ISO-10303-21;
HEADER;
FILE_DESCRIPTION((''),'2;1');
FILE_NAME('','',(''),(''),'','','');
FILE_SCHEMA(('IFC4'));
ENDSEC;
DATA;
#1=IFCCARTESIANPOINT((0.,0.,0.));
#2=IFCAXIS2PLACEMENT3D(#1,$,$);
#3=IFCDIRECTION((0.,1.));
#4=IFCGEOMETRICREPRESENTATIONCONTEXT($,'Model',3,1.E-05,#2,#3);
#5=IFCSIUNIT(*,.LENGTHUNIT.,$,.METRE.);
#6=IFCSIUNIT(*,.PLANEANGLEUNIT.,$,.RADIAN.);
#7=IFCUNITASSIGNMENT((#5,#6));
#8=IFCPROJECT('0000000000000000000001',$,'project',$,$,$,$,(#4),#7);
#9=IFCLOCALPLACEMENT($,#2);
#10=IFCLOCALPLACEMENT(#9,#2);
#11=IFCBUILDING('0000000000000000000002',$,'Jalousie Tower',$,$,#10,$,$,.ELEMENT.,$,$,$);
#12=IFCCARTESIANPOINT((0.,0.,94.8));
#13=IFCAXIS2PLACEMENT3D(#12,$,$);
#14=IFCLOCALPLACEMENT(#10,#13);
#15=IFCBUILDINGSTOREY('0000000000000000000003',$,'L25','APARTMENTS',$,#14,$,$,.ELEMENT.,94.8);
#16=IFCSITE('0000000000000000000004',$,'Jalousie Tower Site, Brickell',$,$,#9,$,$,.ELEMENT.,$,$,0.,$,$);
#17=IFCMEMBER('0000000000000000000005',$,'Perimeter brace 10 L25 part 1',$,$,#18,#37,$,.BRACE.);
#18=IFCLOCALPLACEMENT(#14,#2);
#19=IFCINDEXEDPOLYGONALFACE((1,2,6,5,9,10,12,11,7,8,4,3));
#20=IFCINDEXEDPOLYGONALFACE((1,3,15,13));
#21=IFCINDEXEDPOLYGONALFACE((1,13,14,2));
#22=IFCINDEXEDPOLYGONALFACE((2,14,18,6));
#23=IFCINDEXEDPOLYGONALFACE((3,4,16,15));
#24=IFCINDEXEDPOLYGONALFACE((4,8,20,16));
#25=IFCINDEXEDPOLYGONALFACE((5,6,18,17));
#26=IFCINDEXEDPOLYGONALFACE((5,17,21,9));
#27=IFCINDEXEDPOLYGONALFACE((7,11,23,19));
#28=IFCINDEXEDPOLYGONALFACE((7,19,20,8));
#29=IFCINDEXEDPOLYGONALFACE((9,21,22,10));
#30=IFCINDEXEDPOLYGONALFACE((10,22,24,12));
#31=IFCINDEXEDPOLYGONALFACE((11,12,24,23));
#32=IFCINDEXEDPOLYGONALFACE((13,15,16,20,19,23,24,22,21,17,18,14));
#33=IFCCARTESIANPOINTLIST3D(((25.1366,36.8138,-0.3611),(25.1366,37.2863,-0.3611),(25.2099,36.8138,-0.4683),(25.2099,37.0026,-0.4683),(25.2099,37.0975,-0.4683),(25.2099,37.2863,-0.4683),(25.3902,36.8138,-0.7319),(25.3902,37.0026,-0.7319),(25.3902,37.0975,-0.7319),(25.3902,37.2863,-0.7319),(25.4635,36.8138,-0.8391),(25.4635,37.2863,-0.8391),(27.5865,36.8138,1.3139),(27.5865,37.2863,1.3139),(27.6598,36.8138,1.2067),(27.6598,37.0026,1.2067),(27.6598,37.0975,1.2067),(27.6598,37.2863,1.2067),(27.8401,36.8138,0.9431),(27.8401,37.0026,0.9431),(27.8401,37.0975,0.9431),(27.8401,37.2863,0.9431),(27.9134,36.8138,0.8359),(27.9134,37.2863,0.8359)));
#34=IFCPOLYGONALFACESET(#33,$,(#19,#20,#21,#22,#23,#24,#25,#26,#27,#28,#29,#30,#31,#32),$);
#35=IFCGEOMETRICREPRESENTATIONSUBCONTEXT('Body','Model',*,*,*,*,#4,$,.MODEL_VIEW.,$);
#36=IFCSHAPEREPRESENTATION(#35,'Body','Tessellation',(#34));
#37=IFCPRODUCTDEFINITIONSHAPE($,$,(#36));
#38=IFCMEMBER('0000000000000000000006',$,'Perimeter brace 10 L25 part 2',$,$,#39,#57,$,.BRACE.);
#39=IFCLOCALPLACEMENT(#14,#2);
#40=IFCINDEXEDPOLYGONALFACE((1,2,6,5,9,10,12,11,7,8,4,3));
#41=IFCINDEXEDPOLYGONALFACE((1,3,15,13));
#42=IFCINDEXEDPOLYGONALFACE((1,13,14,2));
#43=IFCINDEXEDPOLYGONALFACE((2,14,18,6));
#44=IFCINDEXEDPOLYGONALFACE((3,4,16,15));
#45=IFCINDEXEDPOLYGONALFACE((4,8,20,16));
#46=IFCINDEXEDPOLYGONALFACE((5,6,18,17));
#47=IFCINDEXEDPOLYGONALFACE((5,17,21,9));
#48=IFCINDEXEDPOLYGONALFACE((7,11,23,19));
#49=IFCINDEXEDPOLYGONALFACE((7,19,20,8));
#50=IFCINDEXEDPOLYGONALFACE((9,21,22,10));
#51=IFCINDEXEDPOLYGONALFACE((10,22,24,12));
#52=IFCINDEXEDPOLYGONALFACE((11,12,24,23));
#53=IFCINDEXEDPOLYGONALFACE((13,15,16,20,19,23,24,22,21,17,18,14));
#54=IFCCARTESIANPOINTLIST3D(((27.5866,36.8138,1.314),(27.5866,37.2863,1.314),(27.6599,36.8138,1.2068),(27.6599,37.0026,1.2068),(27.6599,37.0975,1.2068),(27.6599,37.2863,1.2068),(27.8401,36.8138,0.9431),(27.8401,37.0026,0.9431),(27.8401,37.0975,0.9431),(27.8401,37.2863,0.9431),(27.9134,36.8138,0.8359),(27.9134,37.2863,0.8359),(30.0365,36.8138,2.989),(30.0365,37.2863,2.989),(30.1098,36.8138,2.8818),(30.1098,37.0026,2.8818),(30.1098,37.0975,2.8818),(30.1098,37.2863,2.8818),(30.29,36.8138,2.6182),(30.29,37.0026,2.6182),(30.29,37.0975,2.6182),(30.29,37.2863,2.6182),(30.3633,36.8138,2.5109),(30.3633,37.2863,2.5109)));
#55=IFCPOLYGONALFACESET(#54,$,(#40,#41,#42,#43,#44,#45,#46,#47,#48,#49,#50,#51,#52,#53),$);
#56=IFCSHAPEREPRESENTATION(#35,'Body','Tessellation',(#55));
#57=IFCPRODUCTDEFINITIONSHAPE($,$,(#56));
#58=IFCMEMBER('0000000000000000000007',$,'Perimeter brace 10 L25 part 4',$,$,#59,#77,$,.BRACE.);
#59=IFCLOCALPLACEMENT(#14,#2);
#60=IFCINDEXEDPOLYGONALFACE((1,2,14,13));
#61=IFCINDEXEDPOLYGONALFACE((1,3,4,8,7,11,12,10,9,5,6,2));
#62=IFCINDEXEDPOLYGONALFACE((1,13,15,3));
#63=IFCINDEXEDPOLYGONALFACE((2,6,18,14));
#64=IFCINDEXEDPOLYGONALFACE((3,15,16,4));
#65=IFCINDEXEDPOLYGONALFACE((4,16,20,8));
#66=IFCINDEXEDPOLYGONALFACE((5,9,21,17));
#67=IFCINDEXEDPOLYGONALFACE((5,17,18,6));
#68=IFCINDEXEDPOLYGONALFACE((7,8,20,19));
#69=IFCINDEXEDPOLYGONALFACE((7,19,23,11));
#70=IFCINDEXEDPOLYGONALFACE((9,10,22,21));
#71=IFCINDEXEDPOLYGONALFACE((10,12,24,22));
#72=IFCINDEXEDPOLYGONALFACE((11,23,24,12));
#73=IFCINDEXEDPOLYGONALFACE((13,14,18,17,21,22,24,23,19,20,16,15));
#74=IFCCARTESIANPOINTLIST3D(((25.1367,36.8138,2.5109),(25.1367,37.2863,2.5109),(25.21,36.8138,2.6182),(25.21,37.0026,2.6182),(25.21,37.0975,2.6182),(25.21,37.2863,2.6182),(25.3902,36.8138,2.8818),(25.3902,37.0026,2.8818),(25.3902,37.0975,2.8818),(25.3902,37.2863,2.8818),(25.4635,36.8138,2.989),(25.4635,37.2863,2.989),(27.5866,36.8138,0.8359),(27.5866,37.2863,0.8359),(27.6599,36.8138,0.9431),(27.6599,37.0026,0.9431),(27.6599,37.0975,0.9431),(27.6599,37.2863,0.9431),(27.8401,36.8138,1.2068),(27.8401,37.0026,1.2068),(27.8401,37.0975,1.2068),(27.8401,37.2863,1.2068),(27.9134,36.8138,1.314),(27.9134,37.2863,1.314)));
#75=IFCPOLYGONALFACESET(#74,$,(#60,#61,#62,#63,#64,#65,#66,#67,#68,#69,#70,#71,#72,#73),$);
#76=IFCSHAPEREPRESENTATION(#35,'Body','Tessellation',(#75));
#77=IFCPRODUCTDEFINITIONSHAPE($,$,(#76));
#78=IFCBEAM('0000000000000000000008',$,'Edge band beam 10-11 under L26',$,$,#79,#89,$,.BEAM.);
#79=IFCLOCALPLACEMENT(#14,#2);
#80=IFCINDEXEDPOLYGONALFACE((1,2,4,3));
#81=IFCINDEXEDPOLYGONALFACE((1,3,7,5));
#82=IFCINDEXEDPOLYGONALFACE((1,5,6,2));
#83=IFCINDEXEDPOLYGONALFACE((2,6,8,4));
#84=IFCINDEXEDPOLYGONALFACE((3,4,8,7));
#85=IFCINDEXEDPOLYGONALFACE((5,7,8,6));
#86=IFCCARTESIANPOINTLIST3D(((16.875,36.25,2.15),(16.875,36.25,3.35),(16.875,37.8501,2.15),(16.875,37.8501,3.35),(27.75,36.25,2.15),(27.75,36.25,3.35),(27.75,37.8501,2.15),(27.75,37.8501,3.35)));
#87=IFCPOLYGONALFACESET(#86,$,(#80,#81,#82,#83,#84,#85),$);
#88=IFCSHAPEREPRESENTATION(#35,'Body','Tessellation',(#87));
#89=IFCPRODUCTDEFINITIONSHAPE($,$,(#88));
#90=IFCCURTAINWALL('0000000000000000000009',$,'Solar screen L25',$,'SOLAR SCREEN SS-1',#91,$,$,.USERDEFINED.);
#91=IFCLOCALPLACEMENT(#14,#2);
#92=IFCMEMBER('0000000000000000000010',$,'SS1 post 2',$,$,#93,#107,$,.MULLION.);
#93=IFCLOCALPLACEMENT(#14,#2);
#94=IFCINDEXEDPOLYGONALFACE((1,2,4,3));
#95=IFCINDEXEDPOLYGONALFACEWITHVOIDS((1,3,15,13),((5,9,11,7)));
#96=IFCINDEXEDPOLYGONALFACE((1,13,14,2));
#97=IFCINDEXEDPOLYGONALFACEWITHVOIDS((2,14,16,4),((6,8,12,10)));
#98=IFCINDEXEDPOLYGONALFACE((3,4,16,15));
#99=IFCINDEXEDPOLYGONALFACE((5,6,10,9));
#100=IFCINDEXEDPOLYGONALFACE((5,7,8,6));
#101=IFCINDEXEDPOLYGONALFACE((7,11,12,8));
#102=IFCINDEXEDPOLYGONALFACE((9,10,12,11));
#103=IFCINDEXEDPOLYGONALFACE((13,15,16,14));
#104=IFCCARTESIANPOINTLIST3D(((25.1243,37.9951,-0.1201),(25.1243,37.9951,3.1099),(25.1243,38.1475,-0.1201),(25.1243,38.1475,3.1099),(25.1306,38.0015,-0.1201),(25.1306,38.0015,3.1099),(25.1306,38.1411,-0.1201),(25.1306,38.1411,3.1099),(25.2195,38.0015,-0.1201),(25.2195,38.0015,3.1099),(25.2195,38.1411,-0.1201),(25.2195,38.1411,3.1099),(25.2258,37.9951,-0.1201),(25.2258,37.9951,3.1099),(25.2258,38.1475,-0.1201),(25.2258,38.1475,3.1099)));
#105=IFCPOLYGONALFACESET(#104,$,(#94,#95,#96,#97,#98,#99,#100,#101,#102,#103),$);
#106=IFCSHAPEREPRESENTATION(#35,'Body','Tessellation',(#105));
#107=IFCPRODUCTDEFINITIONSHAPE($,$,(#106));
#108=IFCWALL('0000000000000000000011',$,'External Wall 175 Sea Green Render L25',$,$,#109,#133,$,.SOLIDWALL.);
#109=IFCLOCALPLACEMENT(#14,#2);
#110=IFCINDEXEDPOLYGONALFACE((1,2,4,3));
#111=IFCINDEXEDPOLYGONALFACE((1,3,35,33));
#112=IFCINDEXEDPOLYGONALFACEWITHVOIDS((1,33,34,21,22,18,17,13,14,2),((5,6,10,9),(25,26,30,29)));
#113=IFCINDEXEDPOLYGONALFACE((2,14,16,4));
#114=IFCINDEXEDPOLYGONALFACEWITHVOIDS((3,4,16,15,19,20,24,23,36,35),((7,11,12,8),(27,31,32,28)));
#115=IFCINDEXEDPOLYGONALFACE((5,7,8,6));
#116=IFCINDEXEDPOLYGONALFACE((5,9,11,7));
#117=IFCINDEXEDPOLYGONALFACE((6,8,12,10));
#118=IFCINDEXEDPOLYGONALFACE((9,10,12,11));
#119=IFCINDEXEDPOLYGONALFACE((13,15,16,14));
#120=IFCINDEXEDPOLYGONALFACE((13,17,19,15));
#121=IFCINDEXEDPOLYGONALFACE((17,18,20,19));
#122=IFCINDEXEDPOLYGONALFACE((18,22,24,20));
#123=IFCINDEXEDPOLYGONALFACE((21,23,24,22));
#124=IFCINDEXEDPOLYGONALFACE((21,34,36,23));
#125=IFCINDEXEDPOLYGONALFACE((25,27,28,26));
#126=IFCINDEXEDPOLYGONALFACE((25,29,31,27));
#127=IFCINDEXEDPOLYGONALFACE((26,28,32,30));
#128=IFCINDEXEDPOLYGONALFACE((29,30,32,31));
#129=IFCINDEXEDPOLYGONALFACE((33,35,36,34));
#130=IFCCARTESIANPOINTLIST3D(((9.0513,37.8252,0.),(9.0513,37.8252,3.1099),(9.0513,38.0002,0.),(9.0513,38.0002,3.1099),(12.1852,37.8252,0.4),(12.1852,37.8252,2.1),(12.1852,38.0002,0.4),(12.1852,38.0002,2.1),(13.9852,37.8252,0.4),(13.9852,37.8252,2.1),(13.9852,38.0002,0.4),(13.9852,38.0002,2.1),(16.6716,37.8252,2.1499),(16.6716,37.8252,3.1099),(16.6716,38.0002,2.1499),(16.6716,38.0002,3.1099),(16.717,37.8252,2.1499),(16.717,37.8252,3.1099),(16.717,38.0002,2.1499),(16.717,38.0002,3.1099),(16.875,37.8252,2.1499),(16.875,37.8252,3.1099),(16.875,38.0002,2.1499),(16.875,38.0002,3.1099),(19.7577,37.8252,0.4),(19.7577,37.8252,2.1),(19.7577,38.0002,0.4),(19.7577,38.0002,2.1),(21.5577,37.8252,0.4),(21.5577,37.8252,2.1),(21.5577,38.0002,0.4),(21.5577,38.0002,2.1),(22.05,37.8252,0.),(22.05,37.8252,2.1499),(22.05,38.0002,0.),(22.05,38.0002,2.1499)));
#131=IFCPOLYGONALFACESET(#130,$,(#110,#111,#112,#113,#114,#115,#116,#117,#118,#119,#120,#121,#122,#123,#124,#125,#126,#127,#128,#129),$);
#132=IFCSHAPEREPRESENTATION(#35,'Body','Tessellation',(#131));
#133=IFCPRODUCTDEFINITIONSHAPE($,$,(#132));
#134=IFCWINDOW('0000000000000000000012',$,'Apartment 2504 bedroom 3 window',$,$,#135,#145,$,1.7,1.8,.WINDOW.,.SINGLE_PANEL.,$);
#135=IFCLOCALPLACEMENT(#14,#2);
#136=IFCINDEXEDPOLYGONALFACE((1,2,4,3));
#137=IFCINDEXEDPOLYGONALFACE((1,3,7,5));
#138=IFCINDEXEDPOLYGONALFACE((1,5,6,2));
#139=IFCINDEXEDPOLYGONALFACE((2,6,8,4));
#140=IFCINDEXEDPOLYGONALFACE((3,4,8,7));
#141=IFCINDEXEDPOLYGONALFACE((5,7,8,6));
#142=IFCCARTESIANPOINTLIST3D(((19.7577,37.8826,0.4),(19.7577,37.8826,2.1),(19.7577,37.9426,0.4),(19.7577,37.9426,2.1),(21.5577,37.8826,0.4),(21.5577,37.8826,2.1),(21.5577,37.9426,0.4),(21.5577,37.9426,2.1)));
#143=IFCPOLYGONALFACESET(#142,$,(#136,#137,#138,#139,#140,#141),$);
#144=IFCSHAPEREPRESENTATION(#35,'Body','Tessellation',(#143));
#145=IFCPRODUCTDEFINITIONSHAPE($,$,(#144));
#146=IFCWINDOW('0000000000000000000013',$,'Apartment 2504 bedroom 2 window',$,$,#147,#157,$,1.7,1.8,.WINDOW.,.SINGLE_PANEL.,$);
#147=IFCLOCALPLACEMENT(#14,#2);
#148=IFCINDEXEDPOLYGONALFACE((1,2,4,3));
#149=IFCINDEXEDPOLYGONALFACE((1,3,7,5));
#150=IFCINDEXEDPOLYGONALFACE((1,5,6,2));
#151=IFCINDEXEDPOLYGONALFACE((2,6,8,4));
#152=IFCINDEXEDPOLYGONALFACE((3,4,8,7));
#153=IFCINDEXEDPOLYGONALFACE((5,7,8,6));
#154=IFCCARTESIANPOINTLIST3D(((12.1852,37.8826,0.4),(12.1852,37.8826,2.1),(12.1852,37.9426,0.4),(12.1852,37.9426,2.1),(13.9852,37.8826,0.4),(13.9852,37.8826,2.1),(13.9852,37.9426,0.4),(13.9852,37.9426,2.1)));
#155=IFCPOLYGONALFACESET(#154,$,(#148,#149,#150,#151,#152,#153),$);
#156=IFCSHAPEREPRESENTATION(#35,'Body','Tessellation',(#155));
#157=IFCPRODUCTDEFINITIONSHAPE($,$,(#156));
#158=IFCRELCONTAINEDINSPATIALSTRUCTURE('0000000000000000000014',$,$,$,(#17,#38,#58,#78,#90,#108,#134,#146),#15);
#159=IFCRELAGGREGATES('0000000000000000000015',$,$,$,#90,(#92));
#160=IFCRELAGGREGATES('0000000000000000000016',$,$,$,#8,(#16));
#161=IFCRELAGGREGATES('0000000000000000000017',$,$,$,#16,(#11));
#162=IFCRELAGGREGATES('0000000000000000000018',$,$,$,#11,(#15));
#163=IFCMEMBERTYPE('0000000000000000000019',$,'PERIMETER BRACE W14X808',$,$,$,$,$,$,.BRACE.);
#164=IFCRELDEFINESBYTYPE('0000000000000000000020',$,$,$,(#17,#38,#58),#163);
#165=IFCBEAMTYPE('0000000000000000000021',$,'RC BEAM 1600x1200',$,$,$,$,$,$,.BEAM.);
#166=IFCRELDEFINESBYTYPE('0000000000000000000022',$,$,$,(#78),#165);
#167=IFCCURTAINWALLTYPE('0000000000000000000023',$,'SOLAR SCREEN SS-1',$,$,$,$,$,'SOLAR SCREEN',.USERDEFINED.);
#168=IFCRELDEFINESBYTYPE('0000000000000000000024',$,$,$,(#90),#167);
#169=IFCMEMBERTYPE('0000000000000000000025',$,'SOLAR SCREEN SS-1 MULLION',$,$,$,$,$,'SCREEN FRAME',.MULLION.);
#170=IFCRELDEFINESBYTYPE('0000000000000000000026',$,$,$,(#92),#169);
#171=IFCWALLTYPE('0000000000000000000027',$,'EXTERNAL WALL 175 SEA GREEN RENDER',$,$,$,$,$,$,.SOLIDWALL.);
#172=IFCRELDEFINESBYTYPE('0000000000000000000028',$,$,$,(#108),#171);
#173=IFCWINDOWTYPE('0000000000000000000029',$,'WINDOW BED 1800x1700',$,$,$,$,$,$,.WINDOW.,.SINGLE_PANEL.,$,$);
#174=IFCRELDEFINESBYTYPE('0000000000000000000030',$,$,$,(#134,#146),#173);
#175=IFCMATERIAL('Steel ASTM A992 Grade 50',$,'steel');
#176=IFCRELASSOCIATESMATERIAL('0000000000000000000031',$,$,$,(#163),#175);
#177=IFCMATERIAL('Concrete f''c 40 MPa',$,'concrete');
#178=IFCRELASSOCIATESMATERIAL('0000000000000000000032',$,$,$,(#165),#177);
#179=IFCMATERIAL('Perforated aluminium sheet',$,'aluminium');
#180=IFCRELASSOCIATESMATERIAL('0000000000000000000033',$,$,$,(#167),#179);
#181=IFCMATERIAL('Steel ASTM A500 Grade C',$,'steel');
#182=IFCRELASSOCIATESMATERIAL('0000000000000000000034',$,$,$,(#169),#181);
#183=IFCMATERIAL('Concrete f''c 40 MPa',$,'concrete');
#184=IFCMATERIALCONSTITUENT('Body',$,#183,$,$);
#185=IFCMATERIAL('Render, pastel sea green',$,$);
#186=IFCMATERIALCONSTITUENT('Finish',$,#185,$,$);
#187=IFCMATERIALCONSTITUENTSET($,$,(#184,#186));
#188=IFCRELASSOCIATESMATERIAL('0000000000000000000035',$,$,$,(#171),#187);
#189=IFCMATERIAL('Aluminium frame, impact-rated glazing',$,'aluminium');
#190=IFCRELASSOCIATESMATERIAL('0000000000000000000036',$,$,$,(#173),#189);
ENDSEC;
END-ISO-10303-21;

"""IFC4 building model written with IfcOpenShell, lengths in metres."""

from ifc_helpers import new_model, si_unit, direction, frame, frame_2d, origin, origin_2d, place, context, subcontext, project, spatial, polyline, rectangle, hollow_rectangle, i_section, outline, extrude, material, constituent, constituent_set, material_profile, profile_set, type_object, element, fill, aggregate, save


model = new_model("IFC4")

# Units and contexts
model_context = context("Model", 3, precision=1e-05, world=origin(), true_north=direction((0.0, 1.0)))
body_context = subcontext(model_context, "Body", "Model", "MODEL_VIEW")
ifc_project = project(units=[si_unit("LENGTHUNIT", "METRE"), si_unit("PLANEANGLEUNIT", "RADIAN")], contexts=[model_context])

# Site, building, storey
site_placement = place(None, origin())
site = spatial("IfcSite", under=ifc_project, at=site_placement, Name="Jalousie Tower Site, Brickell", CompositionType="ELEMENT", RefElevation=0.0)
building_placement = place(site_placement, origin())
building = spatial("IfcBuilding", under=site, at=building_placement, Name="Jalousie Tower", CompositionType="ELEMENT")
storey_placement = place(building_placement, frame((0.0, 0.0, 94.8)))
storey = spatial("IfcBuildingStorey", under=building, at=storey_placement, Name="L25", Description="APARTMENTS", CompositionType="ELEMENT", Elevation=94.8)

# Members
ifc_material_1 = material(Name="Steel ASTM A992 Grade 50", Category="steel")
ifc_material_profile_1 = material_profile(ifc_material_1, i_section(OverallWidth=0.4724, OverallDepth=0.5791, WebThickness=0.095, FlangeThickness=0.1299, at=origin_2d()), Name="W14X808")
ifc_profile_set_1 = profile_set([ifc_material_profile_1], Name="Steel ASTM A992 Grade 50")
member_type_1 = type_object("IfcMemberType", Name="PERIMETER BRACE W14X808", PredefinedType="BRACE", material=ifc_profile_set_1)
for number, where, z_axis, x_axis, name in (
    (1, (25.3, 37.05, -0.6001), (0.825501, 0.0, 0.564401), (0.0, 1.0, 0.0), "Perimeter brace 10 L25 part 1"),
    (2, (27.75, 37.05, 1.075), (0.825501, 0.0, 0.564401), (0.0, 1.0, 0.0), "Perimeter brace 10 L25 part 2"),
    (3, (27.75, 37.05, 1.075), (-0.825501, 0.0, 0.564401), (0.0, -1.0, 0.0), "Perimeter brace 10 L25 part 4"),
):
    element("IfcMember", number, at=place(storey_placement, frame(where, z_axis=z_axis, x_axis=x_axis)), inside=storey, type_object=member_type_1, Name=name, PredefinedType="BRACE", context=body_context, shape_type="SweptSolid", body=[
        extrude(i_section(OverallWidth=0.4724, OverallDepth=0.5791, WebThickness=0.095, FlangeThickness=0.1299, at=origin_2d()), origin(), (0.0, 0.0, 1.0), 2.9678),
    ])

# Beam
ifc_material_2 = material(Name="Concrete f'c 40 MPa", Category="concrete")
ifc_material_profile_2 = material_profile(ifc_material_2, rectangle(XDim=1.6001, YDim=1.2, at=origin_2d()), Name="RC 1600x1200")
ifc_profile_set_2 = profile_set([ifc_material_profile_2], Name="Concrete f'c 40 MPa")
beam_type = type_object("IfcBeamType", Name="RC BEAM 1600x1200", PredefinedType="BEAM", material=ifc_profile_set_2)
beam_placement = place(storey_placement, frame((27.75, 37.05, 2.75), z_axis=(-1.0, 0.0, 0.0), x_axis=(0.0, -1.0, 0.0)))
element("IfcBeam", 4, at=beam_placement, inside=storey, type_object=beam_type, Name="Edge band beam 10-11 under L26", PredefinedType="BEAM", context=body_context, shape_type="SweptSolid", body=[
    extrude(rectangle(XDim=1.6001, YDim=1.2, at=origin_2d()), origin(), (0.0, 0.0, 1.0), 10.875),
])

# Curtain wall, member
ifc_material_3 = material(Name="Perforated aluminium sheet", Category="aluminium")
curtain_wall_type = type_object("IfcCurtainWallType", Name="SOLAR SCREEN SS-1", ElementType="SOLAR SCREEN", PredefinedType="USERDEFINED", material=ifc_material_3)
curtain_wall_placement = place(storey_placement, origin())
curtain_wall = element("IfcCurtainWall", 5, at=curtain_wall_placement, inside=storey, type_object=curtain_wall_type, Name="Solar screen L25", ObjectType="SOLAR SCREEN SS-1", PredefinedType="USERDEFINED")
ifc_material_4 = material(Name="Steel ASTM A500 Grade C", Category="steel")
ifc_material_profile_3 = material_profile(ifc_material_4, hollow_rectangle(XDim=0.1016, YDim=0.1523, WallThickness=0.0063, at=origin_2d()), Name="HSS6X4X1/4")
ifc_profile_set_3 = profile_set([ifc_material_profile_3], Name="Steel ASTM A500 Grade C")
member_type_2 = type_object("IfcMemberType", Name="SOLAR SCREEN SS-1 MULLION", ElementType="SCREEN FRAME", PredefinedType="MULLION", material=ifc_profile_set_3)
member_placement = place(storey_placement, frame((25.175, 38.0713, -0.1201), z_axis=(0.0, 0.0, 1.0), x_axis=(-1.0, 0.0, 0.0)))
member = element("IfcMember", 6, at=member_placement, type_object=member_type_2, Name="SS1 post 2", PredefinedType="MULLION", context=body_context, shape_type="SweptSolid", body=[
    extrude(hollow_rectangle(XDim=0.1016, YDim=0.1523, WallThickness=0.0063, at=origin_2d()), origin(), (0.0, 0.0, 1.0), 3.23),
])
aggregate(curtain_wall, [member])

# Wall, openings, windows
ifc_material_5 = material(Name="Concrete f'c 40 MPa", Category="concrete")
ifc_constituent_1 = constituent(ifc_material_5, Name="Body")
ifc_material_6 = material(Name="Render, pastel sea green")
ifc_constituent_2 = constituent(ifc_material_6, Name="Finish")
ifc_constituent_set = constituent_set(constituents=[ifc_constituent_1, ifc_constituent_2])
wall_type_1 = type_object("IfcWallType", Name="EXTERNAL WALL 175 SEA GREEN RENDER", PredefinedType="SOLIDWALL", material=ifc_constituent_set)
wall_1_placement = place(storey_placement, frame((22.05, 37.9126, 0.0), z_axis=(0.0, 0.0, 1.0), x_axis=(-1.0, 0.0, 0.0)))
wall_1 = element("IfcWall", 7, at=wall_1_placement, inside=storey, type_object=wall_type_1, Name="External Wall 175 Sea Green Render L25", PredefinedType="SOLIDWALL", context=body_context, shape_type="SweptSolid", body=[
    extrude(outline(polyline([(0.0, 0.0), (12.9988, 0.0), (12.9988, 3.1099), (5.3784, 3.1099), (5.3784, 2.1499), (5.333, 2.1499), (5.333, 3.1099), (5.175, 3.1099), (5.175, 2.1499), (0.0, 2.1499), (0.0, 0.0)])), frame((0.0, 0.0874, 0.0), z_axis=(0.0, -1.0, 0.0), x_axis=(1.0, 0.0, 0.0)), (0.0, 0.0, 1.0), 0.175),
])
opening_1_placement = place(wall_1_placement, frame((0.4924, 0.0, 0.3999)))
opening_1 = element("IfcOpeningElement", 8, at=opening_1_placement, cuts=wall_1, PredefinedType="OPENING", context=body_context, shape_type="SweptSolid", body=[
    extrude(rectangle(XDim=1.8, YDim=1.7, at=frame_2d((0.8999, 0.8501))), frame((0.0, 0.0974, 0.0), z_axis=(0.0, -1.0, 0.0), x_axis=(1.0, 0.0, 0.0)), (0.0, 0.0, 1.0), 0.1951),
])
opening_2_placement = place(wall_1_placement, frame((8.0649, 0.0, 0.3999)))
opening_2 = element("IfcOpeningElement", 9, at=opening_2_placement, cuts=wall_1, PredefinedType="OPENING", context=body_context, shape_type="SweptSolid", body=[
    extrude(rectangle(XDim=1.8, YDim=1.7, at=frame_2d((0.8999, 0.8501))), frame((0.0, 0.0974, 0.0), z_axis=(0.0, -1.0, 0.0), x_axis=(1.0, 0.0, 0.0)), (0.0, 0.0, 1.0), 0.1951),
])
ifc_material_7 = material(Name="Aluminium frame, impact-rated glazing", Category="aluminium")
window_type = type_object("IfcWindowType", Name="WINDOW BED 1800x1700", PartitioningType="SINGLE_PANEL", PredefinedType="WINDOW", material=ifc_material_7)
window_1_placement = place(opening_1_placement, origin())
window_1 = element("IfcWindow", 10, at=window_1_placement, inside=storey, type_object=window_type, Name="Apartment 2504 bedroom 3 window", OverallHeight=1.7, OverallWidth=1.8, PartitioningType="SINGLE_PANEL", PredefinedType="WINDOW", context=body_context, shape_type="SweptSolid", body=[
    extrude(rectangle(XDim=1.8, YDim=1.7, at=frame_2d((0.8999, 0.8501))), frame((0.0, 0.03, 0.0), z_axis=(0.0, -1.0, 0.0), x_axis=(1.0, 0.0, 0.0)), (0.0, 0.0, 1.0), 0.0601),
])
fill(opening_1, window_1)
window_2_placement = place(opening_2_placement, origin())
window_2 = element("IfcWindow", 11, at=window_2_placement, inside=storey, type_object=window_type, Name="Apartment 2504 bedroom 2 window", OverallHeight=1.7, OverallWidth=1.8, PartitioningType="SINGLE_PANEL", PredefinedType="WINDOW", context=body_context, shape_type="SweptSolid", body=[
    extrude(rectangle(XDim=1.8, YDim=1.7, at=frame_2d((0.8999, 0.8501))), frame((0.0, 0.03, 0.0), z_axis=(0.0, -1.0, 0.0), x_axis=(1.0, 0.0, 0.0)), (0.0, 0.0, 1.0), 0.0601),
])
fill(opening_2, window_2)

save(model, "model.ifc")
